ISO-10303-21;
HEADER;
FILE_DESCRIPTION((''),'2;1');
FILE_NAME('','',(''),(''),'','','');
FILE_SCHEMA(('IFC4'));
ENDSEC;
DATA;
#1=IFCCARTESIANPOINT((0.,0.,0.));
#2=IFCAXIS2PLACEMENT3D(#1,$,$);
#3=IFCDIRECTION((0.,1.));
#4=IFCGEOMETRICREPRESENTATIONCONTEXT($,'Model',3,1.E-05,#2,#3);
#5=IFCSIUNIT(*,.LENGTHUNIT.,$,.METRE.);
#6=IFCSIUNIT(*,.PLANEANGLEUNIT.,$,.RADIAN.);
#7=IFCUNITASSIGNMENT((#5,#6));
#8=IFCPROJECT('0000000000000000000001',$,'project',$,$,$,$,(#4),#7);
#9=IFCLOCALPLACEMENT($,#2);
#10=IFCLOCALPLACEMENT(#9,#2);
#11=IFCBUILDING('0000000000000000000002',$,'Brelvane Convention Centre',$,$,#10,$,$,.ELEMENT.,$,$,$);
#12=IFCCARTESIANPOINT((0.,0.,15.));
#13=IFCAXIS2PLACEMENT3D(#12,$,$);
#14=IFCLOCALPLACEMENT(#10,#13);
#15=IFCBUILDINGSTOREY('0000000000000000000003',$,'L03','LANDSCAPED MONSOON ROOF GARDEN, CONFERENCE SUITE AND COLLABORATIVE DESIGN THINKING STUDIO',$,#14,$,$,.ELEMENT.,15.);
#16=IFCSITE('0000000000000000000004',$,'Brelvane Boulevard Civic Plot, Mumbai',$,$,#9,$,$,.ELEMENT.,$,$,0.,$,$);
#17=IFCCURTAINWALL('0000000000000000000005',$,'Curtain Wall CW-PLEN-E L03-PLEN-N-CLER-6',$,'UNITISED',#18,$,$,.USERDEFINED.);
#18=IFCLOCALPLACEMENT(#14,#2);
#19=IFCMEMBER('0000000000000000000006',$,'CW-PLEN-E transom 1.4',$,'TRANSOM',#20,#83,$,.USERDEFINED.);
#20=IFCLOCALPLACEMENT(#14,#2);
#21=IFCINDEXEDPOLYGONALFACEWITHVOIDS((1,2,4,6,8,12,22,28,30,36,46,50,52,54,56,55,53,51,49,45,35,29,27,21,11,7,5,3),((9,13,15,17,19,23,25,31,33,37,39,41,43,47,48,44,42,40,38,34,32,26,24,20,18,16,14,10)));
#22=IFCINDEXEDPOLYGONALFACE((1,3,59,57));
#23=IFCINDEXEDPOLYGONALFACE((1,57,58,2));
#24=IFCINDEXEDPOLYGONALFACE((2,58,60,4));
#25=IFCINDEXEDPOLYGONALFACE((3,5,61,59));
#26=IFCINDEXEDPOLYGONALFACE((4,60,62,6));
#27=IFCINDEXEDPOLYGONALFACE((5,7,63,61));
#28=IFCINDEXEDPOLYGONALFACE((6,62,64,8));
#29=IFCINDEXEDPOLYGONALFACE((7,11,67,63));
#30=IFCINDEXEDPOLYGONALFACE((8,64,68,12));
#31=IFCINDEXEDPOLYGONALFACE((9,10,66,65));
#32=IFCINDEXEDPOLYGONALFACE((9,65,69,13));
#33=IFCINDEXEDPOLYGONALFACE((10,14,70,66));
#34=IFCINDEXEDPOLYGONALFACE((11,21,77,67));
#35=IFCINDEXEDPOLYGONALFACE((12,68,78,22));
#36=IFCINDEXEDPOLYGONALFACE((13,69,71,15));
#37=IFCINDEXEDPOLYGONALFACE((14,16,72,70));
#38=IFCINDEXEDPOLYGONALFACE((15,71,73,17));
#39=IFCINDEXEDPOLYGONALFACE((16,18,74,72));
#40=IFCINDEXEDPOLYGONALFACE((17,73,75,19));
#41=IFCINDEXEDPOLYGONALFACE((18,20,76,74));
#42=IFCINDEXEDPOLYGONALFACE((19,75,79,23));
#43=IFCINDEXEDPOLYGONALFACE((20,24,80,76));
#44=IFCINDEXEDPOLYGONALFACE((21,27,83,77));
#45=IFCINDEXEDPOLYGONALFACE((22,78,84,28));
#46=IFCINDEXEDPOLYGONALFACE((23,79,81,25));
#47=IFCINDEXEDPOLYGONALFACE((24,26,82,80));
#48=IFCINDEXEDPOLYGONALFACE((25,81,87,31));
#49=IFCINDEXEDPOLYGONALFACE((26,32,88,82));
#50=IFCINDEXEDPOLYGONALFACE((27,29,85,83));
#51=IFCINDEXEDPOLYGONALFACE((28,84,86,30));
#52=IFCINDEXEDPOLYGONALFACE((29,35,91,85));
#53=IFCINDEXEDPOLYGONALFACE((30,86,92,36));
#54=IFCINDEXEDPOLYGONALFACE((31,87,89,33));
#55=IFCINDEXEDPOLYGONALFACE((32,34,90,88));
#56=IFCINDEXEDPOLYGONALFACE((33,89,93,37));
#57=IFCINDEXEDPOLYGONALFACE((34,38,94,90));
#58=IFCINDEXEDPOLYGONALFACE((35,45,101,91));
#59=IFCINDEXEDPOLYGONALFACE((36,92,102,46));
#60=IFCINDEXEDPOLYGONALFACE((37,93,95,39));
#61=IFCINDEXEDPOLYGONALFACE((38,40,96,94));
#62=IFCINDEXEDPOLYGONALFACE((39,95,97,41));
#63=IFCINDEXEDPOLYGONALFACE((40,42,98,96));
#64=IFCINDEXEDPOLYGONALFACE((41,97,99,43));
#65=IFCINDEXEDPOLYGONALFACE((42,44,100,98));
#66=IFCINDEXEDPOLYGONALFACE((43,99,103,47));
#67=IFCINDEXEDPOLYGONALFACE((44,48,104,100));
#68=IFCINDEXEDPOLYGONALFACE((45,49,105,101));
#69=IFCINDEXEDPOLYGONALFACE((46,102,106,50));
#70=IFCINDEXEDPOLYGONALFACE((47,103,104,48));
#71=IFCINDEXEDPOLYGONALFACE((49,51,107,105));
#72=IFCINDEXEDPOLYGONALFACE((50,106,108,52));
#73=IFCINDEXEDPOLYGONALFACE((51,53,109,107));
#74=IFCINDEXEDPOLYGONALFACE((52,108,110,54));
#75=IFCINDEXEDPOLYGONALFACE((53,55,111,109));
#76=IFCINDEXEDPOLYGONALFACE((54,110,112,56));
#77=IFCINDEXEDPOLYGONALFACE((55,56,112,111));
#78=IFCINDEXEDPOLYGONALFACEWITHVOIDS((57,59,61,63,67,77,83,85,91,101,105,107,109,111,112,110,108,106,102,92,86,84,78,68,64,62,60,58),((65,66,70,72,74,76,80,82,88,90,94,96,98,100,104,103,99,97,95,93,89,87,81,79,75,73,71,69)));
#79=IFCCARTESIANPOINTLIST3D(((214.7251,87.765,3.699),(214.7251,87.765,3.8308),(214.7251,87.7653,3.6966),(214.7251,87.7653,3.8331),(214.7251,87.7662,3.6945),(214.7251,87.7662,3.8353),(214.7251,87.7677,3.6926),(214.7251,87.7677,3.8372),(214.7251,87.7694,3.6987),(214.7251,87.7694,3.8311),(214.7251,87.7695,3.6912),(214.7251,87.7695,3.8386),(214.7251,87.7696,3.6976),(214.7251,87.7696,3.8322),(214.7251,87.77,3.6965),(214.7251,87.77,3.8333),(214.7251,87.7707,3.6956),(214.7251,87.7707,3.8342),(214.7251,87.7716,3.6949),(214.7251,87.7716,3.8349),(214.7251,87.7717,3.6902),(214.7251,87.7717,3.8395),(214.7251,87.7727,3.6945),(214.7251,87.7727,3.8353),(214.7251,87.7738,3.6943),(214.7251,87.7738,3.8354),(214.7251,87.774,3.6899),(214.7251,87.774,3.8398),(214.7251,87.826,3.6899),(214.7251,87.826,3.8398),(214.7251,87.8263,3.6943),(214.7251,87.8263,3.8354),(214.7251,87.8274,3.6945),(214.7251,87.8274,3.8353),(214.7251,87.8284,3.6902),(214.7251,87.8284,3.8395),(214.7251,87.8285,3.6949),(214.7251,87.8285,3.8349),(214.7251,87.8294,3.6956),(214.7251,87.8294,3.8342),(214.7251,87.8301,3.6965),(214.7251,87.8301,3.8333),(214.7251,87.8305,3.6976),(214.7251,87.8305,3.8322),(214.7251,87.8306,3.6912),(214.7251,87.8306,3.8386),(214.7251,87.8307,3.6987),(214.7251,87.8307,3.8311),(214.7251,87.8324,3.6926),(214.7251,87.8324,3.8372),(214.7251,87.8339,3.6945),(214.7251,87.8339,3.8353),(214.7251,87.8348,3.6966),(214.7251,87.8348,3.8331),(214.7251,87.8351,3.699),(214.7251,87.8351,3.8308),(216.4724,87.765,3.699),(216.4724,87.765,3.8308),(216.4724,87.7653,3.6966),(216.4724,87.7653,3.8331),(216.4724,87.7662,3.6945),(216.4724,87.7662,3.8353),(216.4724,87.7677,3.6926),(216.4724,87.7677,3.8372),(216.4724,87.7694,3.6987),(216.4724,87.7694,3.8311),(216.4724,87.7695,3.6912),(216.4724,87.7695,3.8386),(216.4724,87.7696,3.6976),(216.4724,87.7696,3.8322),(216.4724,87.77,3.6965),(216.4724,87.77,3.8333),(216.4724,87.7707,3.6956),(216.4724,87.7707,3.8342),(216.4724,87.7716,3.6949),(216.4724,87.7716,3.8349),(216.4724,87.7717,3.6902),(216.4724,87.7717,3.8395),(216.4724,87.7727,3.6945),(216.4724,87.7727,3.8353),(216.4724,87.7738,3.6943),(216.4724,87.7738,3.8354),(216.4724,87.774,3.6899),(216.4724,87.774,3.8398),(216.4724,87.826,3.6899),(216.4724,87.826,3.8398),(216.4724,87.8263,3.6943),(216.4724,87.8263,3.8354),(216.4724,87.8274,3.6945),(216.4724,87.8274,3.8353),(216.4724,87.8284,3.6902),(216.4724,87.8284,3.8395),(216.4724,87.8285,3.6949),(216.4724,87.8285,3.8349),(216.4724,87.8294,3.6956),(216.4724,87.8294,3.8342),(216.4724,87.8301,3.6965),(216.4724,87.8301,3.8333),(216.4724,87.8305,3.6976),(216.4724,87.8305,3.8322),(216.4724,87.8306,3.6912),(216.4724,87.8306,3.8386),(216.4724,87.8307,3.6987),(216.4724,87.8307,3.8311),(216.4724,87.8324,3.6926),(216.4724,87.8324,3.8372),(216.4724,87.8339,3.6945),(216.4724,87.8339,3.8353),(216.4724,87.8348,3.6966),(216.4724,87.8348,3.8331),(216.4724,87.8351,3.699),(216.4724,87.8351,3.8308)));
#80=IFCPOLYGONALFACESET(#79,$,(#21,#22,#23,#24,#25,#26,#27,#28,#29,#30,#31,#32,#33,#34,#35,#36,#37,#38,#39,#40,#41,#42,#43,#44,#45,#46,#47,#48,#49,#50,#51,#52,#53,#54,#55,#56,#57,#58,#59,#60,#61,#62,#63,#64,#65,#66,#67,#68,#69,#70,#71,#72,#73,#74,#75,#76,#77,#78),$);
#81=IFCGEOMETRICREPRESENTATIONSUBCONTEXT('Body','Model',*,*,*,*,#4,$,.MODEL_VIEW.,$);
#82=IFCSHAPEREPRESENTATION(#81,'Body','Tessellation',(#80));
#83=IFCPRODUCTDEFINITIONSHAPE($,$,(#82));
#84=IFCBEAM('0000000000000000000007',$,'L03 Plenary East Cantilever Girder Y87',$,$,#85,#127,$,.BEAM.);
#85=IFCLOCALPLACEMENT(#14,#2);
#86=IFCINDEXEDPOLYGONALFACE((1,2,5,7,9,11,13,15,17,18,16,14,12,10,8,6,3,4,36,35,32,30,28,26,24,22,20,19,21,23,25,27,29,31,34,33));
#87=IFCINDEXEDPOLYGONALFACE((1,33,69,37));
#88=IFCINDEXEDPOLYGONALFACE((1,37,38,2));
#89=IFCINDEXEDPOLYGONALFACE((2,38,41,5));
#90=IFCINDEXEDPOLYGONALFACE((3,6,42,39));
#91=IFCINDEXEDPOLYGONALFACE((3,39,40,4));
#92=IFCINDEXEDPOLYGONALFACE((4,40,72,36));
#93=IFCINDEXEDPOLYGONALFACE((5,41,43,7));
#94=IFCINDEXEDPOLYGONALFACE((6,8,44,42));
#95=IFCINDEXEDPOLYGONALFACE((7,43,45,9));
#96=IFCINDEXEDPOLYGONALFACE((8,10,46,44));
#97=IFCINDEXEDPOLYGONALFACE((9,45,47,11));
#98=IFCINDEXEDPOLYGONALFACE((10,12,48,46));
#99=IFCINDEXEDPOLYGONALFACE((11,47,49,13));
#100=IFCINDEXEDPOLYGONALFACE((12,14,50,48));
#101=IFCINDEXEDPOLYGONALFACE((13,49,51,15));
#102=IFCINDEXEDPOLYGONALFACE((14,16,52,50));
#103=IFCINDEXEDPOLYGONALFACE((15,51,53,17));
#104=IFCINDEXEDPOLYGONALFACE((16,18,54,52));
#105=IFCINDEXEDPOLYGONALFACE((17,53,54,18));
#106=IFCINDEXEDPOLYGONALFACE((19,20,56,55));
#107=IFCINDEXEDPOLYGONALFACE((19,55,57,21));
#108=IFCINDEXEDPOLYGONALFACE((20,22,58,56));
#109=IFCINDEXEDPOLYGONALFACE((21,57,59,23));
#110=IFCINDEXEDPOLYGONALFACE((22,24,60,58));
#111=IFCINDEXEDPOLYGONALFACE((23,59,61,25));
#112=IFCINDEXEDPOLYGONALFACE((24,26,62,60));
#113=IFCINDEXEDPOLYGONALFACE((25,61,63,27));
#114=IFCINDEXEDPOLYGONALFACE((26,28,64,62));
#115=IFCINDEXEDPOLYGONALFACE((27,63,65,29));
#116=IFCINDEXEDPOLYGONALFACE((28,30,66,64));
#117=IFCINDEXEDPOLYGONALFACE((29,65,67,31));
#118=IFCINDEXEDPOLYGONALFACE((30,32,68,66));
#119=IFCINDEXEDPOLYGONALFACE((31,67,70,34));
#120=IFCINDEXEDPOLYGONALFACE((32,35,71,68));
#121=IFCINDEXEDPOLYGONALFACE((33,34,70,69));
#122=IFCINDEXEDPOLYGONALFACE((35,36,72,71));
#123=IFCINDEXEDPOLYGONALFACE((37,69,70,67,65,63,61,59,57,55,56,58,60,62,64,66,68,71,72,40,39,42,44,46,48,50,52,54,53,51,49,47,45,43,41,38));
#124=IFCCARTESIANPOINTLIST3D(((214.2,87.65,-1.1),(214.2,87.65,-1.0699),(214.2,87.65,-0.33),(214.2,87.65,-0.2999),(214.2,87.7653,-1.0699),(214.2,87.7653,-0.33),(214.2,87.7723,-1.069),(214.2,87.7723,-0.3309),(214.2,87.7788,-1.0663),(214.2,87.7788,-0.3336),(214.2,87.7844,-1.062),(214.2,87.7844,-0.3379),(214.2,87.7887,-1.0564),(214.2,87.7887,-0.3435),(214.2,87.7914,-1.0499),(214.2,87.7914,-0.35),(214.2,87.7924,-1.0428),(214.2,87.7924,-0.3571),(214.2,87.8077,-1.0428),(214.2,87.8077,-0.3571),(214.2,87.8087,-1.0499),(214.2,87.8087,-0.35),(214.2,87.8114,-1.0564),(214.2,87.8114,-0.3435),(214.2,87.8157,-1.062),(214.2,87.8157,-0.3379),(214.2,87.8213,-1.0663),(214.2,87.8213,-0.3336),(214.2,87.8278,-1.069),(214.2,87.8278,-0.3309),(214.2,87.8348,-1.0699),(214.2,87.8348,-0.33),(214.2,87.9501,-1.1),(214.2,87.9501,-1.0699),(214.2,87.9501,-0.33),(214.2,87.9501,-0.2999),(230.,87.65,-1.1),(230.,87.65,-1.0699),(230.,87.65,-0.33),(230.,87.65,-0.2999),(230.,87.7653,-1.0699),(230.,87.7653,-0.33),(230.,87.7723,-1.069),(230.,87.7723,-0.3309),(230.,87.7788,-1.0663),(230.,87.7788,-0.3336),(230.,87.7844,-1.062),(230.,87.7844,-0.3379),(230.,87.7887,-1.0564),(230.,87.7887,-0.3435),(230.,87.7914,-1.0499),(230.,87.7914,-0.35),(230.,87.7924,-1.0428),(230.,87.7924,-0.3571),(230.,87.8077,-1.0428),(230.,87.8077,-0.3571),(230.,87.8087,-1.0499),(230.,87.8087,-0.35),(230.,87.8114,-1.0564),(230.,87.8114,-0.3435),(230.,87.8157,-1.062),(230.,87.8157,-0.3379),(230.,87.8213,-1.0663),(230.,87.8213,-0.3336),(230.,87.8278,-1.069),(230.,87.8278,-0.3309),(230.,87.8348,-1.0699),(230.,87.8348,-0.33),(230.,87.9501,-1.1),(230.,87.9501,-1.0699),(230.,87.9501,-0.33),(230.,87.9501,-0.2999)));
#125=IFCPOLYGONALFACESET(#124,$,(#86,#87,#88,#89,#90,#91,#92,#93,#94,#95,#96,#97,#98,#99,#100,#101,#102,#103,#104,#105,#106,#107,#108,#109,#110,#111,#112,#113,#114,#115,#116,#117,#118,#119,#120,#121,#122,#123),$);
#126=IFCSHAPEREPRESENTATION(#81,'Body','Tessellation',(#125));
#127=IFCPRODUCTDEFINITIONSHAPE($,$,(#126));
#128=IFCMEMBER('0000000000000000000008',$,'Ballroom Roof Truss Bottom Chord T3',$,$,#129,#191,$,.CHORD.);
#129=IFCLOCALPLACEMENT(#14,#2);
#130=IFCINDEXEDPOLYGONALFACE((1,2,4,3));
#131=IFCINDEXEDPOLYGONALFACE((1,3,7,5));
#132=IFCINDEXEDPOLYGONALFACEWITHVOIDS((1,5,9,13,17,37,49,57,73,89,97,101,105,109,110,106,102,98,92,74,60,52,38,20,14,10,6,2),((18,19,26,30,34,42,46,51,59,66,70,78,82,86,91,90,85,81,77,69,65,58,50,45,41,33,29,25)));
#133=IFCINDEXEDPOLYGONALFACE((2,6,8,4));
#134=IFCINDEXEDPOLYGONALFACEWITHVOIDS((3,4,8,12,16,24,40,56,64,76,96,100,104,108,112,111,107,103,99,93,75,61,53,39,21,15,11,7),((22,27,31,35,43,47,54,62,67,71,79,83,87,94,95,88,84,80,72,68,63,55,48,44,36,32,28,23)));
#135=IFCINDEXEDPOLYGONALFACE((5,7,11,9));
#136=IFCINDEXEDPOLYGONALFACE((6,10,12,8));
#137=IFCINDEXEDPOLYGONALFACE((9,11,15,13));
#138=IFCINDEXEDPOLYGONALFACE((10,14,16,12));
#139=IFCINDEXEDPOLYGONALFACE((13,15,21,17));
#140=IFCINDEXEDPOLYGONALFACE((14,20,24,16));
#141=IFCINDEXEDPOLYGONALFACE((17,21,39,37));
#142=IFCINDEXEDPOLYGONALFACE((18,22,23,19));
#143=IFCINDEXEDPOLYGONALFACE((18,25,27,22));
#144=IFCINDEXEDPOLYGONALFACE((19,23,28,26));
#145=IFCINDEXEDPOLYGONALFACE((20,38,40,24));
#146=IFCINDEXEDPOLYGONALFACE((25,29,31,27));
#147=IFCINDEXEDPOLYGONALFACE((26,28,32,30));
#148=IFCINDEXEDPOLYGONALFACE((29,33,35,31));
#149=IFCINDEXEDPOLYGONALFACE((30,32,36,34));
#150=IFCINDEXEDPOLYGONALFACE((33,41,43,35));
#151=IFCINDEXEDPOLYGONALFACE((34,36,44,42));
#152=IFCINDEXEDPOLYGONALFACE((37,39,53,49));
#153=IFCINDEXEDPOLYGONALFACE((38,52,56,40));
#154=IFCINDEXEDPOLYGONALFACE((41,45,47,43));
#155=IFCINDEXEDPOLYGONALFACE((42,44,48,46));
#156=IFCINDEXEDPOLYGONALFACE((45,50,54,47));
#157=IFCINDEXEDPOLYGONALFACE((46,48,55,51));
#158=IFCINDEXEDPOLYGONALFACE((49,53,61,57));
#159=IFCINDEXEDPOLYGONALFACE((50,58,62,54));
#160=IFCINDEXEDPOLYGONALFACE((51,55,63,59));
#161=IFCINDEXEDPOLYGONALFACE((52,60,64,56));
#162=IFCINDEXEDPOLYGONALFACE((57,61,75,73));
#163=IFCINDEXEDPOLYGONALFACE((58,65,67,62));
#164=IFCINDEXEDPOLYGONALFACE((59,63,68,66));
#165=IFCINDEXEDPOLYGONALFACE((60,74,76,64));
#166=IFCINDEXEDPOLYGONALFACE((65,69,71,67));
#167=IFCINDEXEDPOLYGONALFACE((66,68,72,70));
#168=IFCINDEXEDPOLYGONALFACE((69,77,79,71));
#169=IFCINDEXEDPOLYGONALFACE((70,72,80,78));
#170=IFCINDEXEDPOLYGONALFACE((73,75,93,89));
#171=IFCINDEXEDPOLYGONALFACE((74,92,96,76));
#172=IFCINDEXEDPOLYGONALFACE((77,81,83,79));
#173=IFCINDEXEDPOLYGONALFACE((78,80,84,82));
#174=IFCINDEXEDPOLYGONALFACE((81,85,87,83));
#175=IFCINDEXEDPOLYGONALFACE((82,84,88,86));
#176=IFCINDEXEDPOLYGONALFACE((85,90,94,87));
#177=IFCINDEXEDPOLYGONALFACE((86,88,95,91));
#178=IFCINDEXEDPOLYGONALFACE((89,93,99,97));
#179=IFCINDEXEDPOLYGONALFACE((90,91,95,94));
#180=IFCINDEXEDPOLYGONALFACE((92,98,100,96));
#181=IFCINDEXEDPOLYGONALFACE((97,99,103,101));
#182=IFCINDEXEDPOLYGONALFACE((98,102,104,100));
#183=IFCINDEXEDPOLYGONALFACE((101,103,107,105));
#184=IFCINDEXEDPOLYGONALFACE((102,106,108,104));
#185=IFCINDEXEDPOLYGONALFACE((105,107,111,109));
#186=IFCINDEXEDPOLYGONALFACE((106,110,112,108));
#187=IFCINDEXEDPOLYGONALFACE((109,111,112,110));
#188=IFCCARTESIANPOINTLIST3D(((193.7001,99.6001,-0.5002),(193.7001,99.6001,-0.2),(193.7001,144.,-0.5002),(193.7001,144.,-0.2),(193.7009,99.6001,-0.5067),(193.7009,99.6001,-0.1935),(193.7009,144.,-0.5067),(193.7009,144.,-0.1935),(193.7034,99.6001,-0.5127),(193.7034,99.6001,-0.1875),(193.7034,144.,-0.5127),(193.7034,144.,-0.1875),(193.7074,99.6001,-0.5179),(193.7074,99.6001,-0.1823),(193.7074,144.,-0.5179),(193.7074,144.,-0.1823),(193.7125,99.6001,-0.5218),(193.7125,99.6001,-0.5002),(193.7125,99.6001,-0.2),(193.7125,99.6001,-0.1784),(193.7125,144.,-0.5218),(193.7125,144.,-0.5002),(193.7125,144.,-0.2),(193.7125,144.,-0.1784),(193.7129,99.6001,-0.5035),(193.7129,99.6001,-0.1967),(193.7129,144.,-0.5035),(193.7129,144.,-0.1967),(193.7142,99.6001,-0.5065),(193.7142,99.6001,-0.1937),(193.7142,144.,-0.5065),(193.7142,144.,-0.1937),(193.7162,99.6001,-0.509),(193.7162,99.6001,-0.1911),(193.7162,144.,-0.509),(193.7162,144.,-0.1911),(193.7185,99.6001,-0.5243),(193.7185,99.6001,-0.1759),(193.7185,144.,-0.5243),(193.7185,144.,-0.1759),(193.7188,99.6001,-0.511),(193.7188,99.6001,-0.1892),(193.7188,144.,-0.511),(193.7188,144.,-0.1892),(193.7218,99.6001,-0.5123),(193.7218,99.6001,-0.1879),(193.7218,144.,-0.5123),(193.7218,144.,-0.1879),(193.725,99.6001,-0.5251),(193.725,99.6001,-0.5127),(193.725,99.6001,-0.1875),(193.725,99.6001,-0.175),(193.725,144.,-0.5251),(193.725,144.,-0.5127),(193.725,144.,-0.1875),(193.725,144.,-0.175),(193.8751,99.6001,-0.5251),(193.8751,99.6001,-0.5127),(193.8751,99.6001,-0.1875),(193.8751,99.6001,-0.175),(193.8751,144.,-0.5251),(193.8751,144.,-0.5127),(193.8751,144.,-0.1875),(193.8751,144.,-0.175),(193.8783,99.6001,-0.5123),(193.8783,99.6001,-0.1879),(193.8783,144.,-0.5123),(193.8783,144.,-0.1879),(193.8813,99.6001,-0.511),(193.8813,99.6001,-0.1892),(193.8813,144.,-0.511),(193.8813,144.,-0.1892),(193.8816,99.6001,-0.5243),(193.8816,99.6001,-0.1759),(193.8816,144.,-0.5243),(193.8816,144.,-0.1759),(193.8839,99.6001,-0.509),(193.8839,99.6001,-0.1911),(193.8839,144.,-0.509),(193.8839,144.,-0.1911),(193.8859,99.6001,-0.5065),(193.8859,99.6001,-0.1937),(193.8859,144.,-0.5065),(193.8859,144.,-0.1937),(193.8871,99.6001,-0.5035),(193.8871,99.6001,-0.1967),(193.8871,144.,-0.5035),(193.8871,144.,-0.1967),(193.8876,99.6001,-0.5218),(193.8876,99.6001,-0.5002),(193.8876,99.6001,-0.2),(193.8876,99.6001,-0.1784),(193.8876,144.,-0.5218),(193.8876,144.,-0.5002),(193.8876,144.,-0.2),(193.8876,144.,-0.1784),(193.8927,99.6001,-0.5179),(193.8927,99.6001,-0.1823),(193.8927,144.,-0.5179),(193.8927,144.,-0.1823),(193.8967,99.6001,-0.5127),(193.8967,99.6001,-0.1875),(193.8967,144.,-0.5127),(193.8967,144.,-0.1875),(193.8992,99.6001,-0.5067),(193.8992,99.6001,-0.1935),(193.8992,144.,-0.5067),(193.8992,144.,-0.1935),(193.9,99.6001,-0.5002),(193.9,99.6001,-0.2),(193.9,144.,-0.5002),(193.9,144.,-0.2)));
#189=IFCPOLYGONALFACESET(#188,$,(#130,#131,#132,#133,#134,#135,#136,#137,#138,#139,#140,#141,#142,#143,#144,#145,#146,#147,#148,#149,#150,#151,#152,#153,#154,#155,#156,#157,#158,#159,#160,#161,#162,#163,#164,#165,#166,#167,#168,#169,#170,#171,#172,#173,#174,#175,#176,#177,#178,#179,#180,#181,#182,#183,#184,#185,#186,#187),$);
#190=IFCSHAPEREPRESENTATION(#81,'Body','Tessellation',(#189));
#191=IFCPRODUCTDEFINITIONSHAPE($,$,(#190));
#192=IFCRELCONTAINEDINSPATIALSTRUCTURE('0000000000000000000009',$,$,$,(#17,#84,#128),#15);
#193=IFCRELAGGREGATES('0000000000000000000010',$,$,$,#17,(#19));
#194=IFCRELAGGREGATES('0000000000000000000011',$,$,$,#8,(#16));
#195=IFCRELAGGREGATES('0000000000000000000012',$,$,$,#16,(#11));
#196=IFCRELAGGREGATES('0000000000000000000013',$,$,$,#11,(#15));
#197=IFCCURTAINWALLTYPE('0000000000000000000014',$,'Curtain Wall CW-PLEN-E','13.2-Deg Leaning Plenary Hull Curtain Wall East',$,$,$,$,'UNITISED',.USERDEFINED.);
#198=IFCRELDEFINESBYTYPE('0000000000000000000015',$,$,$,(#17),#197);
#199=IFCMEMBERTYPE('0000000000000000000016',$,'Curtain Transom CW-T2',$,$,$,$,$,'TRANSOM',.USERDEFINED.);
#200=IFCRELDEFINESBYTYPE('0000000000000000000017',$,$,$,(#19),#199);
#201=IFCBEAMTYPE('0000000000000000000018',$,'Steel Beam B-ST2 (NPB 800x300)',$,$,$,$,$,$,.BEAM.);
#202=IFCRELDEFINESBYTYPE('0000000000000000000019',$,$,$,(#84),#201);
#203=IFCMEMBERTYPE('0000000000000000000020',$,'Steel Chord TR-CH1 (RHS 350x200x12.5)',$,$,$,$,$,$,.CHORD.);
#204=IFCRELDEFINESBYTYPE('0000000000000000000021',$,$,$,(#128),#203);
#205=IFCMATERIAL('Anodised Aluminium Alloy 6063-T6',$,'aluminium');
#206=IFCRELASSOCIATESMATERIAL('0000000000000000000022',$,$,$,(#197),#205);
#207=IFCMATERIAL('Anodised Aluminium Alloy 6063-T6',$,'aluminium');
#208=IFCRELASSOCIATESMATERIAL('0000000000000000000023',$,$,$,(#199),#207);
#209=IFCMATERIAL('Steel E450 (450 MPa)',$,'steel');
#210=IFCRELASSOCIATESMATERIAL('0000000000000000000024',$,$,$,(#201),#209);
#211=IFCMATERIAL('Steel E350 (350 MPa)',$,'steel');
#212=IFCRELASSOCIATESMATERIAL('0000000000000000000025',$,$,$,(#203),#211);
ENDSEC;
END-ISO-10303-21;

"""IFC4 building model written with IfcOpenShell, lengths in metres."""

from ifc_helpers import new_model, si_unit, direction, frame, origin, origin_2d, place, context, subcontext, project, spatial, hollow_rectangle, i_section, extrude, material, material_profile, profile_set, type_object, element, aggregate, save


model = new_model("IFC4")

# Units and contexts
model_context = context("Model", 3, precision=1e-05, world=origin(), true_north=direction((0.0, 1.0)))
body_context = subcontext(model_context, "Body", "Model", "MODEL_VIEW")
ifc_project = project(units=[si_unit("LENGTHUNIT", "METRE"), si_unit("PLANEANGLEUNIT", "RADIAN")], contexts=[model_context])

# Site, building, storey
site_placement = place(None, origin())
site = spatial("IfcSite", under=ifc_project, at=site_placement, Name="Brelvane Boulevard Civic Plot, Mumbai", CompositionType="ELEMENT", RefElevation=0.0)
building_placement = place(site_placement, origin())
building = spatial("IfcBuilding", under=site, at=building_placement, Name="Brelvane Convention Centre", CompositionType="ELEMENT")
storey_placement = place(building_placement, frame((0.0, 0.0, 15.0)))
storey = spatial("IfcBuildingStorey", under=building, at=storey_placement, Name="L03", Description="LANDSCAPED MONSOON ROOF GARDEN, CONFERENCE SUITE AND COLLABORATIVE DESIGN THINKING STUDIO", CompositionType="ELEMENT", Elevation=15.0)

# Curtain wall
ifc_material_1 = material(Name="Anodised Aluminium Alloy 6063-T6", Category="aluminium")
curtain_wall_type = type_object("IfcCurtainWallType", Name="Curtain Wall CW-PLEN-E", Description="13.2-Deg Leaning Plenary Hull Curtain Wall East", ElementType="UNITISED", PredefinedType="USERDEFINED", material=ifc_material_1)
curtain_wall_1_placement = place(storey_placement, origin())
curtain_wall_1 = element("IfcCurtainWall", 1, at=curtain_wall_1_placement, inside=storey, type_object=curtain_wall_type, Name="Curtain Wall CW-PLEN-E L03-PLEN-N-CLER-6", ObjectType="UNITISED", PredefinedType="USERDEFINED")

# Member
ifc_material_2 = material(Name="Anodised Aluminium Alloy 6063-T6", Category="aluminium")
ifc_material_profile_1 = material_profile(ifc_material_2, hollow_rectangle(XDim=0.0701, YDim=0.1499, WallThickness=0.0044, InnerFilletRadius=0.0044, OuterFilletRadius=0.009, at=origin_2d()), Name="ALU-T 150x70x4.5")
ifc_profile_set_1 = profile_set([ifc_material_profile_1], Name="Anodised Aluminium Alloy 6063-T6")
member_type_1 = type_object("IfcMemberType", Name="Curtain Transom CW-T2", ElementType="TRANSOM", PredefinedType="USERDEFINED", material=ifc_profile_set_1)
member_1_placement = place(storey_placement, frame((214.7251, 87.8, 3.7649), z_axis=(1.0, 0.0, 0.0), x_axis=(0.0, 1.0, 0.0)))
member_1 = element("IfcMember", 2, at=member_1_placement, type_object=member_type_1, Name="CW-PLEN-E transom 1.4", ObjectType="TRANSOM", PredefinedType="USERDEFINED", context=body_context, shape_type="SweptSolid", body=[
    extrude(hollow_rectangle(XDim=0.0701, YDim=0.1499, WallThickness=0.0044, InnerFilletRadius=0.0044, OuterFilletRadius=0.009, at=origin_2d()), origin(), (0.0, 0.0, 1.0), 1.7473),
])

# Beam
ifc_material_3 = material(Name="Steel E450 (450 MPa)", Category="steel")
ifc_material_profile_2 = material_profile(ifc_material_3, i_section(OverallWidth=0.3, OverallDepth=0.8, WebThickness=0.0154, FlangeThickness=0.03, FilletRadius=0.0271, at=origin_2d()), Name="NPB 800x300")
ifc_profile_set_2 = profile_set([ifc_material_profile_2], Name="Steel E450 (450 MPa)")
beam_type = type_object("IfcBeamType", Name="Steel Beam B-ST2 (NPB 800x300)", PredefinedType="BEAM", material=ifc_profile_set_2)
beam_placement = place(storey_placement, frame((214.2, 87.8, -0.7), z_axis=(1.0, 0.0, 0.0), x_axis=(0.0, 1.0, 0.0)))
element("IfcBeam", 3, at=beam_placement, inside=storey, type_object=beam_type, Name="L03 Plenary East Cantilever Girder Y87", PredefinedType="BEAM", context=body_context, shape_type="SweptSolid", body=[
    extrude(i_section(OverallWidth=0.3, OverallDepth=0.8, WebThickness=0.0154, FlangeThickness=0.03, FilletRadius=0.0271, at=origin_2d()), origin(), (0.0, 0.0, 1.0), 15.8),
])

# Member
ifc_material_4 = material(Name="Steel E350 (350 MPa)", Category="steel")
ifc_material_profile_3 = material_profile(ifc_material_4, hollow_rectangle(XDim=0.2, YDim=0.3501, WallThickness=0.0125, InnerFilletRadius=0.0125, OuterFilletRadius=0.0249, at=origin_2d()), Name="RHS 350x200x12.5")
ifc_profile_set_3 = profile_set([ifc_material_profile_3], Name="Steel E350 (350 MPa)")
member_type_2 = type_object("IfcMemberType", Name="Steel Chord TR-CH1 (RHS 350x200x12.5)", PredefinedType="CHORD", material=ifc_profile_set_3)
member_2_placement = place(storey_placement, frame((193.8, 99.6001, -0.3501), z_axis=(0.0, 1.0, 0.0), x_axis=(-1.0, 0.0, 0.0)))
element("IfcMember", 4, at=member_2_placement, inside=storey, type_object=member_type_2, Name="Ballroom Roof Truss Bottom Chord T3", PredefinedType="CHORD", context=body_context, shape_type="SweptSolid", body=[
    extrude(hollow_rectangle(XDim=0.2, YDim=0.3501, WallThickness=0.0125, InnerFilletRadius=0.0125, OuterFilletRadius=0.0249, at=origin_2d()), origin(), (0.0, 0.0, 1.0), 44.3999),
])

aggregate(curtain_wall_1, [member_1])

save(model, "model.ifc")
